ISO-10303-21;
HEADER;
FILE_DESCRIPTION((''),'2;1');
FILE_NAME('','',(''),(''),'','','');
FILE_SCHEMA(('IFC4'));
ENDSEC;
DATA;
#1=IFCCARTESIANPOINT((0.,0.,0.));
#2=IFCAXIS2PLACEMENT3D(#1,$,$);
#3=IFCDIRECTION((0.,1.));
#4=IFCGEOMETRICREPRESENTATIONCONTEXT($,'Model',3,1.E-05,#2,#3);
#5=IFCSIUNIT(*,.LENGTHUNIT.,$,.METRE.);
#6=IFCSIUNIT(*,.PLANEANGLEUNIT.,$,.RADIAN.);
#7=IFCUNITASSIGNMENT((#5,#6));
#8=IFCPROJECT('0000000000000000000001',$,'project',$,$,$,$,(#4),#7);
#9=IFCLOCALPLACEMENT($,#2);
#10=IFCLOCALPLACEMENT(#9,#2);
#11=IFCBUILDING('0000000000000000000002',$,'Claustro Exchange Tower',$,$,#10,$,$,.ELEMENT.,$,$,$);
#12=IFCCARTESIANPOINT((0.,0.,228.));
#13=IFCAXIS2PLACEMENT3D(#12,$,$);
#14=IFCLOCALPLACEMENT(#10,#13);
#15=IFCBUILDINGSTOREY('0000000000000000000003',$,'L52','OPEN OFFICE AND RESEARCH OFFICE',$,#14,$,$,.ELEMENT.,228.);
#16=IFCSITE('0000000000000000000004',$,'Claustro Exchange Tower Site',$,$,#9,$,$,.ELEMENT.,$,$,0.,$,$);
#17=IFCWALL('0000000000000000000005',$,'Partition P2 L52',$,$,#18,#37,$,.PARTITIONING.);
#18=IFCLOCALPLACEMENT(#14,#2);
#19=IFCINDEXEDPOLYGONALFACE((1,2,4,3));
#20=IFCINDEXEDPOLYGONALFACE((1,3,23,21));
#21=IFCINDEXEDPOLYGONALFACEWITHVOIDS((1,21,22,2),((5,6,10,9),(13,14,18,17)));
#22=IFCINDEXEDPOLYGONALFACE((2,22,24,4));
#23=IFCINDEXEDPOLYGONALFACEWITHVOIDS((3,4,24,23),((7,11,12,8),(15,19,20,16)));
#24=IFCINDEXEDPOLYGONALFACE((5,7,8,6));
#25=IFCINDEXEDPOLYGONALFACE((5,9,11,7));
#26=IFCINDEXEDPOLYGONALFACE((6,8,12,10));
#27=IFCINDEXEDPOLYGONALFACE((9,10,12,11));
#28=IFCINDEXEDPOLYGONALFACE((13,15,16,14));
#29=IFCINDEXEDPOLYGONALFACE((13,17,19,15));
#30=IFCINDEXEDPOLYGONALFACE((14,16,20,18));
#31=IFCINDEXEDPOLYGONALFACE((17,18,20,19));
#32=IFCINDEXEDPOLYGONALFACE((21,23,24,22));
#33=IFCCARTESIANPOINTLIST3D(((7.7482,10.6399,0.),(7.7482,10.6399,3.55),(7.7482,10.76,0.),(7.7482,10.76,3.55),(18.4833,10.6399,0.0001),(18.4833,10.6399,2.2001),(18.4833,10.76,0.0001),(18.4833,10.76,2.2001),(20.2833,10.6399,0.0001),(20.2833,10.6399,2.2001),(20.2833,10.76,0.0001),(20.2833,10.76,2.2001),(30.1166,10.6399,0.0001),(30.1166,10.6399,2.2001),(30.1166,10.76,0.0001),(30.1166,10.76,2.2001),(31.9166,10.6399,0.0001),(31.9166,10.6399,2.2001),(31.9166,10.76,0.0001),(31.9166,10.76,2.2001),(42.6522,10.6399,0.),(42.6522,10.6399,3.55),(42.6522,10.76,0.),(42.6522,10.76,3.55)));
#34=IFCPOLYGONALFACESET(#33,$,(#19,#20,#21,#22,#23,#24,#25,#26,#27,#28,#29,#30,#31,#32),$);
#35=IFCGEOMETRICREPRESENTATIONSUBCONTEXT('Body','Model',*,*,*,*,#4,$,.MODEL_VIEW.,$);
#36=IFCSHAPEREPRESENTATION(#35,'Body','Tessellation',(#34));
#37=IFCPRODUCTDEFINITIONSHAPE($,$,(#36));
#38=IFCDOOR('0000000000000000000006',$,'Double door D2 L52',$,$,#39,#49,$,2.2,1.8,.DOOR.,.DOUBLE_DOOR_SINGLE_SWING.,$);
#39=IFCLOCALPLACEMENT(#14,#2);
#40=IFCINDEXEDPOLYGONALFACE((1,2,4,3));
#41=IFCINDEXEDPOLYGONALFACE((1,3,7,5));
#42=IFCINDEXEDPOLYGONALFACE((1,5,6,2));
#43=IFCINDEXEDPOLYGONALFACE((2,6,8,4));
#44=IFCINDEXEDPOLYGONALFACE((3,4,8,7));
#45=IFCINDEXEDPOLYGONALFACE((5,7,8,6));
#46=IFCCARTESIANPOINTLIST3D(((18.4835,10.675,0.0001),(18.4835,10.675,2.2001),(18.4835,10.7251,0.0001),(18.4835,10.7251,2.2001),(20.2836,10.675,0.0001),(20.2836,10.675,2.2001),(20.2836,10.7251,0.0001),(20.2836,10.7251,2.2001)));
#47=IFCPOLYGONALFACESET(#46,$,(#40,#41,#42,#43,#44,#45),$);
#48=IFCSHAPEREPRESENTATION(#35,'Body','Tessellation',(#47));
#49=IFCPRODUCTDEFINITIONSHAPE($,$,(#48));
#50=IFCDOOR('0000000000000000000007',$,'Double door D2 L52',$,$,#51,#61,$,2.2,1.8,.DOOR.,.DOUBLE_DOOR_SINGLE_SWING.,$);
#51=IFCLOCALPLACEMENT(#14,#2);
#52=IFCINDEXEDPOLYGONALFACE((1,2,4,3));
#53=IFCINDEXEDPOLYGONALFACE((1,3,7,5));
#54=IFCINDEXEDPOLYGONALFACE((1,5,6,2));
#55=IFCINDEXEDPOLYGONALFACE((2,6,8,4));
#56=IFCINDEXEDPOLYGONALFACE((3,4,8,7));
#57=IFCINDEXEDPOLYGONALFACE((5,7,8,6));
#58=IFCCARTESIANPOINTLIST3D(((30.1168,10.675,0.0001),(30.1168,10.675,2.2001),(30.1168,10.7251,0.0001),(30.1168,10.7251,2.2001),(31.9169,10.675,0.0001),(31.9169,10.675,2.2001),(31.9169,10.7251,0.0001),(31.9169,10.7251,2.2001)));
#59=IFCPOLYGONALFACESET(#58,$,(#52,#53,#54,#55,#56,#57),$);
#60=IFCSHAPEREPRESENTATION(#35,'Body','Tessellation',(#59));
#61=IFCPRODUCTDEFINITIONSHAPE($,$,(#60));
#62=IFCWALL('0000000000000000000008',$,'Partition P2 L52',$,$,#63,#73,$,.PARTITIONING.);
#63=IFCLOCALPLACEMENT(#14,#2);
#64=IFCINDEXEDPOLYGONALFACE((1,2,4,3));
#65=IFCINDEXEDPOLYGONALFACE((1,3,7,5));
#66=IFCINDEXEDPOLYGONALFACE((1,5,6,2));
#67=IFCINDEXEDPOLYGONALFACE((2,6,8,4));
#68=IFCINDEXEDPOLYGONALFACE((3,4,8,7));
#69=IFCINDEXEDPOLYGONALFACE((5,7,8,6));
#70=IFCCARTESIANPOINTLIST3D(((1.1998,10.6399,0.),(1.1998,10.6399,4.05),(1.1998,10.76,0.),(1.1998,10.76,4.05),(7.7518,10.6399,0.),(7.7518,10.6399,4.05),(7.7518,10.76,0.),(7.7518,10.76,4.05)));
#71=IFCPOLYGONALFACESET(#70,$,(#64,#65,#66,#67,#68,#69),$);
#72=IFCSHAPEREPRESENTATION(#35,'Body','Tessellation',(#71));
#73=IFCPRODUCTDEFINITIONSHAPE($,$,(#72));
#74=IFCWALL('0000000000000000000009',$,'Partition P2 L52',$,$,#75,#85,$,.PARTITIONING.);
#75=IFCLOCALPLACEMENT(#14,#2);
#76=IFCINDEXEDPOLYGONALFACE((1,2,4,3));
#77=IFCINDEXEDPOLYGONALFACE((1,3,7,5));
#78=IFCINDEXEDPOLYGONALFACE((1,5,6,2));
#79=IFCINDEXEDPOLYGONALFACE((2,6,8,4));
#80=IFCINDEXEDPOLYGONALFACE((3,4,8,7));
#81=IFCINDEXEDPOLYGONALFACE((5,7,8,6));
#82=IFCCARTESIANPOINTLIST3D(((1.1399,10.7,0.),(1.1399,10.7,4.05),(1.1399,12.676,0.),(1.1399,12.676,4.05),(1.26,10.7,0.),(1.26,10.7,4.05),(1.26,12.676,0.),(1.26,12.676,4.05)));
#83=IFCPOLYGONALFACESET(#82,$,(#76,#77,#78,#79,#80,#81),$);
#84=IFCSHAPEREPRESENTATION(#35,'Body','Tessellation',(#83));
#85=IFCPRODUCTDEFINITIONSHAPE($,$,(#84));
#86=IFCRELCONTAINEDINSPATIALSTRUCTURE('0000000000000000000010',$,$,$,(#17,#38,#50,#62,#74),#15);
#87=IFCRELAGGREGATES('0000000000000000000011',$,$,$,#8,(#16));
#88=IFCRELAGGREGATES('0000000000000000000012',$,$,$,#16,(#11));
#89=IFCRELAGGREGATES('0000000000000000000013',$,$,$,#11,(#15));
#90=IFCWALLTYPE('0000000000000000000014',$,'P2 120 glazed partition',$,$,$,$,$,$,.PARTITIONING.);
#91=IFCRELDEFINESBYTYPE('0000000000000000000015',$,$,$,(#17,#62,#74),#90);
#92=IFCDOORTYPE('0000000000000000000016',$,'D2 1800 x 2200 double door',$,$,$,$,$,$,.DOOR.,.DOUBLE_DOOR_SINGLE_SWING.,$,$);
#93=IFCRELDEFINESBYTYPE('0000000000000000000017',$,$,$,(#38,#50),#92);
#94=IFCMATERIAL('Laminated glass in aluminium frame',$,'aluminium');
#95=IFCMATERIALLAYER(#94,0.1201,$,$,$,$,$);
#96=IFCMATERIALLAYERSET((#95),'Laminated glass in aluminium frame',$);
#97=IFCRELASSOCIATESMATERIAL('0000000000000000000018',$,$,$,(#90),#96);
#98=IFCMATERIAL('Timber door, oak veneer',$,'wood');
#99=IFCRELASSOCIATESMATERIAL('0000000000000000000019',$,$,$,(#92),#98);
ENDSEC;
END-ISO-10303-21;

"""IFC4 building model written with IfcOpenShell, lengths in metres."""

from ifc_helpers import new_model, si_unit, direction, frame, frame_2d, origin, place, context, subcontext, project, spatial, rectangle, extrude, material, layer, layer_set, type_object, element, fill, save


model = new_model("IFC4")

# Units and contexts
model_context = context("Model", 3, precision=1e-05, world=origin(), true_north=direction((0.0, 1.0)))
body_context = subcontext(model_context, "Body", "Model", "MODEL_VIEW")
ifc_project = project(units=[si_unit("LENGTHUNIT", "METRE"), si_unit("PLANEANGLEUNIT", "RADIAN")], contexts=[model_context])

# Site, building, storey
site_placement = place(None, origin())
site = spatial("IfcSite", under=ifc_project, at=site_placement, Name="Claustro Exchange Tower Site", CompositionType="ELEMENT", RefElevation=0.0)
building_placement = place(site_placement, origin())
building = spatial("IfcBuilding", under=site, at=building_placement, Name="Claustro Exchange Tower", CompositionType="ELEMENT")
storey_placement = place(building_placement, frame((0.0, 0.0, 228.0)))
storey = spatial("IfcBuildingStorey", under=building, at=storey_placement, Name="L52", Description="OPEN OFFICE AND RESEARCH OFFICE", CompositionType="ELEMENT", Elevation=228.0)

# Wall, openings, doors
ifc_material_1 = material(Name="Laminated glass in aluminium frame", Category="aluminium")
ifc_layer_1 = layer(ifc_material_1, 0.1201)
ifc_layer_set_1 = layer_set([ifc_layer_1], Name="Laminated glass in aluminium frame")
wall_type_1 = type_object("IfcWallType", Name="P2 120 glazed partition", PredefinedType="PARTITIONING", material=ifc_layer_set_1)
wall_1_placement = place(storey_placement, frame((7.748, 10.7, 0.0), z_axis=(0.0, 0.0, 1.0), x_axis=(1.0, 0.0, 0.0)))
wall_1 = element("IfcWall", 1, at=wall_1_placement, inside=storey, type_object=wall_type_1, Name="Partition P2 L52", PredefinedType="PARTITIONING", context=body_context, shape_type="SweptSolid", body=[
    extrude(rectangle(XDim=34.9041, YDim=0.1201, at=frame_2d((17.4521, 0.0))), origin(), (0.0, 0.0, 1.0), 3.55),
])
opening_1_placement = place(wall_1_placement, frame((10.7354, 0.0, 0.0)))
opening_1 = element("IfcOpeningElement", 2, at=opening_1_placement, cuts=wall_1, PredefinedType="OPENING", context=body_context, shape_type="SweptSolid", body=[
    extrude(rectangle(XDim=1.8, YDim=2.2, at=frame_2d((0.8999, 1.1001))), frame((0.0, 0.0701, 0.0), z_axis=(0.0, -1.0, 0.0), x_axis=(1.0, 0.0, 0.0)), (0.0, 0.0, 1.0), 0.1401),
])
opening_2_placement = place(wall_1_placement, frame((22.3687, 0.0, 0.0)))
opening_2 = element("IfcOpeningElement", 3, at=opening_2_placement, cuts=wall_1, PredefinedType="OPENING", context=body_context, shape_type="SweptSolid", body=[
    extrude(rectangle(XDim=1.8, YDim=2.2, at=frame_2d((0.8999, 1.1001))), frame((0.0, 0.0701, 0.0), z_axis=(0.0, -1.0, 0.0), x_axis=(1.0, 0.0, 0.0)), (0.0, 0.0, 1.0), 0.1401),
])
ifc_material_2 = material(Name="Timber door, oak veneer", Category="wood")
door_type_1 = type_object("IfcDoorType", Name="D2 1800 x 2200 double door", OperationType="DOUBLE_DOOR_SINGLE_SWING", PredefinedType="DOOR", material=ifc_material_2)
door_1_placement = place(opening_1_placement, frame((1.8, 0.0, 0.0), z_axis=(0.0, 0.0, 1.0), x_axis=(-1.0, 0.0, 0.0)))
door_1 = element("IfcDoor", 4, at=door_1_placement, inside=storey, type_object=door_type_1, Name="Double door D2 L52", OperationType="DOUBLE_DOOR_SINGLE_SWING", OverallHeight=2.2, OverallWidth=1.8, PredefinedType="DOOR", context=body_context, shape_type="SweptSolid", body=[
    extrude(rectangle(XDim=1.8, YDim=2.2, at=frame_2d((0.8999, 1.1001))), frame((0.0, 0.0249, 0.0), z_axis=(0.0, -1.0, 0.0), x_axis=(1.0, 0.0, 0.0)), (0.0, 0.0, 1.0), 0.05),
])
fill(opening_1, door_1)
door_2_placement = place(opening_2_placement, frame((1.8, 0.0, 0.0), z_axis=(0.0, 0.0, 1.0), x_axis=(-1.0, 0.0, 0.0)))
door_2 = element("IfcDoor", 5, at=door_2_placement, inside=storey, type_object=door_type_1, Name="Double door D2 L52", OperationType="DOUBLE_DOOR_SINGLE_SWING", OverallHeight=2.2, OverallWidth=1.8, PredefinedType="DOOR", context=body_context, shape_type="SweptSolid", body=[
    extrude(rectangle(XDim=1.8, YDim=2.2, at=frame_2d((0.8999, 1.1001))), frame((0.0, 0.0249, 0.0), z_axis=(0.0, -1.0, 0.0), x_axis=(1.0, 0.0, 0.0)), (0.0, 0.0, 1.0), 0.05),
])
fill(opening_2, door_2)

# Walls
wall_2_placement = place(storey_placement, frame((1.2, 10.7, 0.0), z_axis=(0.0, 0.0, 1.0), x_axis=(1.0, 0.0, 0.0)))
element("IfcWall", 6, at=wall_2_placement, inside=storey, type_object=wall_type_1, Name="Partition P2 L52", PredefinedType="PARTITIONING", context=body_context, shape_type="SweptSolid", body=[
    extrude(rectangle(XDim=6.552, YDim=0.1201, at=frame_2d((3.2759, 0.0))), origin(), (0.0, 0.0, 1.0), 4.05),
])
wall_3_placement = place(storey_placement, frame((1.2, 10.7, 0.0), z_axis=(0.0, 0.0, 1.0), x_axis=(0.0, 1.0, 0.0)))
element("IfcWall", 7, at=wall_3_placement, inside=storey, type_object=wall_type_1, Name="Partition P2 L52", PredefinedType="PARTITIONING", context=body_context, shape_type="SweptSolid", body=[
    extrude(rectangle(XDim=1.9761, YDim=0.1201, at=frame_2d((0.988, 0.0))), origin(), (0.0, 0.0, 1.0), 4.05),
])

save(model, "model.ifc")
